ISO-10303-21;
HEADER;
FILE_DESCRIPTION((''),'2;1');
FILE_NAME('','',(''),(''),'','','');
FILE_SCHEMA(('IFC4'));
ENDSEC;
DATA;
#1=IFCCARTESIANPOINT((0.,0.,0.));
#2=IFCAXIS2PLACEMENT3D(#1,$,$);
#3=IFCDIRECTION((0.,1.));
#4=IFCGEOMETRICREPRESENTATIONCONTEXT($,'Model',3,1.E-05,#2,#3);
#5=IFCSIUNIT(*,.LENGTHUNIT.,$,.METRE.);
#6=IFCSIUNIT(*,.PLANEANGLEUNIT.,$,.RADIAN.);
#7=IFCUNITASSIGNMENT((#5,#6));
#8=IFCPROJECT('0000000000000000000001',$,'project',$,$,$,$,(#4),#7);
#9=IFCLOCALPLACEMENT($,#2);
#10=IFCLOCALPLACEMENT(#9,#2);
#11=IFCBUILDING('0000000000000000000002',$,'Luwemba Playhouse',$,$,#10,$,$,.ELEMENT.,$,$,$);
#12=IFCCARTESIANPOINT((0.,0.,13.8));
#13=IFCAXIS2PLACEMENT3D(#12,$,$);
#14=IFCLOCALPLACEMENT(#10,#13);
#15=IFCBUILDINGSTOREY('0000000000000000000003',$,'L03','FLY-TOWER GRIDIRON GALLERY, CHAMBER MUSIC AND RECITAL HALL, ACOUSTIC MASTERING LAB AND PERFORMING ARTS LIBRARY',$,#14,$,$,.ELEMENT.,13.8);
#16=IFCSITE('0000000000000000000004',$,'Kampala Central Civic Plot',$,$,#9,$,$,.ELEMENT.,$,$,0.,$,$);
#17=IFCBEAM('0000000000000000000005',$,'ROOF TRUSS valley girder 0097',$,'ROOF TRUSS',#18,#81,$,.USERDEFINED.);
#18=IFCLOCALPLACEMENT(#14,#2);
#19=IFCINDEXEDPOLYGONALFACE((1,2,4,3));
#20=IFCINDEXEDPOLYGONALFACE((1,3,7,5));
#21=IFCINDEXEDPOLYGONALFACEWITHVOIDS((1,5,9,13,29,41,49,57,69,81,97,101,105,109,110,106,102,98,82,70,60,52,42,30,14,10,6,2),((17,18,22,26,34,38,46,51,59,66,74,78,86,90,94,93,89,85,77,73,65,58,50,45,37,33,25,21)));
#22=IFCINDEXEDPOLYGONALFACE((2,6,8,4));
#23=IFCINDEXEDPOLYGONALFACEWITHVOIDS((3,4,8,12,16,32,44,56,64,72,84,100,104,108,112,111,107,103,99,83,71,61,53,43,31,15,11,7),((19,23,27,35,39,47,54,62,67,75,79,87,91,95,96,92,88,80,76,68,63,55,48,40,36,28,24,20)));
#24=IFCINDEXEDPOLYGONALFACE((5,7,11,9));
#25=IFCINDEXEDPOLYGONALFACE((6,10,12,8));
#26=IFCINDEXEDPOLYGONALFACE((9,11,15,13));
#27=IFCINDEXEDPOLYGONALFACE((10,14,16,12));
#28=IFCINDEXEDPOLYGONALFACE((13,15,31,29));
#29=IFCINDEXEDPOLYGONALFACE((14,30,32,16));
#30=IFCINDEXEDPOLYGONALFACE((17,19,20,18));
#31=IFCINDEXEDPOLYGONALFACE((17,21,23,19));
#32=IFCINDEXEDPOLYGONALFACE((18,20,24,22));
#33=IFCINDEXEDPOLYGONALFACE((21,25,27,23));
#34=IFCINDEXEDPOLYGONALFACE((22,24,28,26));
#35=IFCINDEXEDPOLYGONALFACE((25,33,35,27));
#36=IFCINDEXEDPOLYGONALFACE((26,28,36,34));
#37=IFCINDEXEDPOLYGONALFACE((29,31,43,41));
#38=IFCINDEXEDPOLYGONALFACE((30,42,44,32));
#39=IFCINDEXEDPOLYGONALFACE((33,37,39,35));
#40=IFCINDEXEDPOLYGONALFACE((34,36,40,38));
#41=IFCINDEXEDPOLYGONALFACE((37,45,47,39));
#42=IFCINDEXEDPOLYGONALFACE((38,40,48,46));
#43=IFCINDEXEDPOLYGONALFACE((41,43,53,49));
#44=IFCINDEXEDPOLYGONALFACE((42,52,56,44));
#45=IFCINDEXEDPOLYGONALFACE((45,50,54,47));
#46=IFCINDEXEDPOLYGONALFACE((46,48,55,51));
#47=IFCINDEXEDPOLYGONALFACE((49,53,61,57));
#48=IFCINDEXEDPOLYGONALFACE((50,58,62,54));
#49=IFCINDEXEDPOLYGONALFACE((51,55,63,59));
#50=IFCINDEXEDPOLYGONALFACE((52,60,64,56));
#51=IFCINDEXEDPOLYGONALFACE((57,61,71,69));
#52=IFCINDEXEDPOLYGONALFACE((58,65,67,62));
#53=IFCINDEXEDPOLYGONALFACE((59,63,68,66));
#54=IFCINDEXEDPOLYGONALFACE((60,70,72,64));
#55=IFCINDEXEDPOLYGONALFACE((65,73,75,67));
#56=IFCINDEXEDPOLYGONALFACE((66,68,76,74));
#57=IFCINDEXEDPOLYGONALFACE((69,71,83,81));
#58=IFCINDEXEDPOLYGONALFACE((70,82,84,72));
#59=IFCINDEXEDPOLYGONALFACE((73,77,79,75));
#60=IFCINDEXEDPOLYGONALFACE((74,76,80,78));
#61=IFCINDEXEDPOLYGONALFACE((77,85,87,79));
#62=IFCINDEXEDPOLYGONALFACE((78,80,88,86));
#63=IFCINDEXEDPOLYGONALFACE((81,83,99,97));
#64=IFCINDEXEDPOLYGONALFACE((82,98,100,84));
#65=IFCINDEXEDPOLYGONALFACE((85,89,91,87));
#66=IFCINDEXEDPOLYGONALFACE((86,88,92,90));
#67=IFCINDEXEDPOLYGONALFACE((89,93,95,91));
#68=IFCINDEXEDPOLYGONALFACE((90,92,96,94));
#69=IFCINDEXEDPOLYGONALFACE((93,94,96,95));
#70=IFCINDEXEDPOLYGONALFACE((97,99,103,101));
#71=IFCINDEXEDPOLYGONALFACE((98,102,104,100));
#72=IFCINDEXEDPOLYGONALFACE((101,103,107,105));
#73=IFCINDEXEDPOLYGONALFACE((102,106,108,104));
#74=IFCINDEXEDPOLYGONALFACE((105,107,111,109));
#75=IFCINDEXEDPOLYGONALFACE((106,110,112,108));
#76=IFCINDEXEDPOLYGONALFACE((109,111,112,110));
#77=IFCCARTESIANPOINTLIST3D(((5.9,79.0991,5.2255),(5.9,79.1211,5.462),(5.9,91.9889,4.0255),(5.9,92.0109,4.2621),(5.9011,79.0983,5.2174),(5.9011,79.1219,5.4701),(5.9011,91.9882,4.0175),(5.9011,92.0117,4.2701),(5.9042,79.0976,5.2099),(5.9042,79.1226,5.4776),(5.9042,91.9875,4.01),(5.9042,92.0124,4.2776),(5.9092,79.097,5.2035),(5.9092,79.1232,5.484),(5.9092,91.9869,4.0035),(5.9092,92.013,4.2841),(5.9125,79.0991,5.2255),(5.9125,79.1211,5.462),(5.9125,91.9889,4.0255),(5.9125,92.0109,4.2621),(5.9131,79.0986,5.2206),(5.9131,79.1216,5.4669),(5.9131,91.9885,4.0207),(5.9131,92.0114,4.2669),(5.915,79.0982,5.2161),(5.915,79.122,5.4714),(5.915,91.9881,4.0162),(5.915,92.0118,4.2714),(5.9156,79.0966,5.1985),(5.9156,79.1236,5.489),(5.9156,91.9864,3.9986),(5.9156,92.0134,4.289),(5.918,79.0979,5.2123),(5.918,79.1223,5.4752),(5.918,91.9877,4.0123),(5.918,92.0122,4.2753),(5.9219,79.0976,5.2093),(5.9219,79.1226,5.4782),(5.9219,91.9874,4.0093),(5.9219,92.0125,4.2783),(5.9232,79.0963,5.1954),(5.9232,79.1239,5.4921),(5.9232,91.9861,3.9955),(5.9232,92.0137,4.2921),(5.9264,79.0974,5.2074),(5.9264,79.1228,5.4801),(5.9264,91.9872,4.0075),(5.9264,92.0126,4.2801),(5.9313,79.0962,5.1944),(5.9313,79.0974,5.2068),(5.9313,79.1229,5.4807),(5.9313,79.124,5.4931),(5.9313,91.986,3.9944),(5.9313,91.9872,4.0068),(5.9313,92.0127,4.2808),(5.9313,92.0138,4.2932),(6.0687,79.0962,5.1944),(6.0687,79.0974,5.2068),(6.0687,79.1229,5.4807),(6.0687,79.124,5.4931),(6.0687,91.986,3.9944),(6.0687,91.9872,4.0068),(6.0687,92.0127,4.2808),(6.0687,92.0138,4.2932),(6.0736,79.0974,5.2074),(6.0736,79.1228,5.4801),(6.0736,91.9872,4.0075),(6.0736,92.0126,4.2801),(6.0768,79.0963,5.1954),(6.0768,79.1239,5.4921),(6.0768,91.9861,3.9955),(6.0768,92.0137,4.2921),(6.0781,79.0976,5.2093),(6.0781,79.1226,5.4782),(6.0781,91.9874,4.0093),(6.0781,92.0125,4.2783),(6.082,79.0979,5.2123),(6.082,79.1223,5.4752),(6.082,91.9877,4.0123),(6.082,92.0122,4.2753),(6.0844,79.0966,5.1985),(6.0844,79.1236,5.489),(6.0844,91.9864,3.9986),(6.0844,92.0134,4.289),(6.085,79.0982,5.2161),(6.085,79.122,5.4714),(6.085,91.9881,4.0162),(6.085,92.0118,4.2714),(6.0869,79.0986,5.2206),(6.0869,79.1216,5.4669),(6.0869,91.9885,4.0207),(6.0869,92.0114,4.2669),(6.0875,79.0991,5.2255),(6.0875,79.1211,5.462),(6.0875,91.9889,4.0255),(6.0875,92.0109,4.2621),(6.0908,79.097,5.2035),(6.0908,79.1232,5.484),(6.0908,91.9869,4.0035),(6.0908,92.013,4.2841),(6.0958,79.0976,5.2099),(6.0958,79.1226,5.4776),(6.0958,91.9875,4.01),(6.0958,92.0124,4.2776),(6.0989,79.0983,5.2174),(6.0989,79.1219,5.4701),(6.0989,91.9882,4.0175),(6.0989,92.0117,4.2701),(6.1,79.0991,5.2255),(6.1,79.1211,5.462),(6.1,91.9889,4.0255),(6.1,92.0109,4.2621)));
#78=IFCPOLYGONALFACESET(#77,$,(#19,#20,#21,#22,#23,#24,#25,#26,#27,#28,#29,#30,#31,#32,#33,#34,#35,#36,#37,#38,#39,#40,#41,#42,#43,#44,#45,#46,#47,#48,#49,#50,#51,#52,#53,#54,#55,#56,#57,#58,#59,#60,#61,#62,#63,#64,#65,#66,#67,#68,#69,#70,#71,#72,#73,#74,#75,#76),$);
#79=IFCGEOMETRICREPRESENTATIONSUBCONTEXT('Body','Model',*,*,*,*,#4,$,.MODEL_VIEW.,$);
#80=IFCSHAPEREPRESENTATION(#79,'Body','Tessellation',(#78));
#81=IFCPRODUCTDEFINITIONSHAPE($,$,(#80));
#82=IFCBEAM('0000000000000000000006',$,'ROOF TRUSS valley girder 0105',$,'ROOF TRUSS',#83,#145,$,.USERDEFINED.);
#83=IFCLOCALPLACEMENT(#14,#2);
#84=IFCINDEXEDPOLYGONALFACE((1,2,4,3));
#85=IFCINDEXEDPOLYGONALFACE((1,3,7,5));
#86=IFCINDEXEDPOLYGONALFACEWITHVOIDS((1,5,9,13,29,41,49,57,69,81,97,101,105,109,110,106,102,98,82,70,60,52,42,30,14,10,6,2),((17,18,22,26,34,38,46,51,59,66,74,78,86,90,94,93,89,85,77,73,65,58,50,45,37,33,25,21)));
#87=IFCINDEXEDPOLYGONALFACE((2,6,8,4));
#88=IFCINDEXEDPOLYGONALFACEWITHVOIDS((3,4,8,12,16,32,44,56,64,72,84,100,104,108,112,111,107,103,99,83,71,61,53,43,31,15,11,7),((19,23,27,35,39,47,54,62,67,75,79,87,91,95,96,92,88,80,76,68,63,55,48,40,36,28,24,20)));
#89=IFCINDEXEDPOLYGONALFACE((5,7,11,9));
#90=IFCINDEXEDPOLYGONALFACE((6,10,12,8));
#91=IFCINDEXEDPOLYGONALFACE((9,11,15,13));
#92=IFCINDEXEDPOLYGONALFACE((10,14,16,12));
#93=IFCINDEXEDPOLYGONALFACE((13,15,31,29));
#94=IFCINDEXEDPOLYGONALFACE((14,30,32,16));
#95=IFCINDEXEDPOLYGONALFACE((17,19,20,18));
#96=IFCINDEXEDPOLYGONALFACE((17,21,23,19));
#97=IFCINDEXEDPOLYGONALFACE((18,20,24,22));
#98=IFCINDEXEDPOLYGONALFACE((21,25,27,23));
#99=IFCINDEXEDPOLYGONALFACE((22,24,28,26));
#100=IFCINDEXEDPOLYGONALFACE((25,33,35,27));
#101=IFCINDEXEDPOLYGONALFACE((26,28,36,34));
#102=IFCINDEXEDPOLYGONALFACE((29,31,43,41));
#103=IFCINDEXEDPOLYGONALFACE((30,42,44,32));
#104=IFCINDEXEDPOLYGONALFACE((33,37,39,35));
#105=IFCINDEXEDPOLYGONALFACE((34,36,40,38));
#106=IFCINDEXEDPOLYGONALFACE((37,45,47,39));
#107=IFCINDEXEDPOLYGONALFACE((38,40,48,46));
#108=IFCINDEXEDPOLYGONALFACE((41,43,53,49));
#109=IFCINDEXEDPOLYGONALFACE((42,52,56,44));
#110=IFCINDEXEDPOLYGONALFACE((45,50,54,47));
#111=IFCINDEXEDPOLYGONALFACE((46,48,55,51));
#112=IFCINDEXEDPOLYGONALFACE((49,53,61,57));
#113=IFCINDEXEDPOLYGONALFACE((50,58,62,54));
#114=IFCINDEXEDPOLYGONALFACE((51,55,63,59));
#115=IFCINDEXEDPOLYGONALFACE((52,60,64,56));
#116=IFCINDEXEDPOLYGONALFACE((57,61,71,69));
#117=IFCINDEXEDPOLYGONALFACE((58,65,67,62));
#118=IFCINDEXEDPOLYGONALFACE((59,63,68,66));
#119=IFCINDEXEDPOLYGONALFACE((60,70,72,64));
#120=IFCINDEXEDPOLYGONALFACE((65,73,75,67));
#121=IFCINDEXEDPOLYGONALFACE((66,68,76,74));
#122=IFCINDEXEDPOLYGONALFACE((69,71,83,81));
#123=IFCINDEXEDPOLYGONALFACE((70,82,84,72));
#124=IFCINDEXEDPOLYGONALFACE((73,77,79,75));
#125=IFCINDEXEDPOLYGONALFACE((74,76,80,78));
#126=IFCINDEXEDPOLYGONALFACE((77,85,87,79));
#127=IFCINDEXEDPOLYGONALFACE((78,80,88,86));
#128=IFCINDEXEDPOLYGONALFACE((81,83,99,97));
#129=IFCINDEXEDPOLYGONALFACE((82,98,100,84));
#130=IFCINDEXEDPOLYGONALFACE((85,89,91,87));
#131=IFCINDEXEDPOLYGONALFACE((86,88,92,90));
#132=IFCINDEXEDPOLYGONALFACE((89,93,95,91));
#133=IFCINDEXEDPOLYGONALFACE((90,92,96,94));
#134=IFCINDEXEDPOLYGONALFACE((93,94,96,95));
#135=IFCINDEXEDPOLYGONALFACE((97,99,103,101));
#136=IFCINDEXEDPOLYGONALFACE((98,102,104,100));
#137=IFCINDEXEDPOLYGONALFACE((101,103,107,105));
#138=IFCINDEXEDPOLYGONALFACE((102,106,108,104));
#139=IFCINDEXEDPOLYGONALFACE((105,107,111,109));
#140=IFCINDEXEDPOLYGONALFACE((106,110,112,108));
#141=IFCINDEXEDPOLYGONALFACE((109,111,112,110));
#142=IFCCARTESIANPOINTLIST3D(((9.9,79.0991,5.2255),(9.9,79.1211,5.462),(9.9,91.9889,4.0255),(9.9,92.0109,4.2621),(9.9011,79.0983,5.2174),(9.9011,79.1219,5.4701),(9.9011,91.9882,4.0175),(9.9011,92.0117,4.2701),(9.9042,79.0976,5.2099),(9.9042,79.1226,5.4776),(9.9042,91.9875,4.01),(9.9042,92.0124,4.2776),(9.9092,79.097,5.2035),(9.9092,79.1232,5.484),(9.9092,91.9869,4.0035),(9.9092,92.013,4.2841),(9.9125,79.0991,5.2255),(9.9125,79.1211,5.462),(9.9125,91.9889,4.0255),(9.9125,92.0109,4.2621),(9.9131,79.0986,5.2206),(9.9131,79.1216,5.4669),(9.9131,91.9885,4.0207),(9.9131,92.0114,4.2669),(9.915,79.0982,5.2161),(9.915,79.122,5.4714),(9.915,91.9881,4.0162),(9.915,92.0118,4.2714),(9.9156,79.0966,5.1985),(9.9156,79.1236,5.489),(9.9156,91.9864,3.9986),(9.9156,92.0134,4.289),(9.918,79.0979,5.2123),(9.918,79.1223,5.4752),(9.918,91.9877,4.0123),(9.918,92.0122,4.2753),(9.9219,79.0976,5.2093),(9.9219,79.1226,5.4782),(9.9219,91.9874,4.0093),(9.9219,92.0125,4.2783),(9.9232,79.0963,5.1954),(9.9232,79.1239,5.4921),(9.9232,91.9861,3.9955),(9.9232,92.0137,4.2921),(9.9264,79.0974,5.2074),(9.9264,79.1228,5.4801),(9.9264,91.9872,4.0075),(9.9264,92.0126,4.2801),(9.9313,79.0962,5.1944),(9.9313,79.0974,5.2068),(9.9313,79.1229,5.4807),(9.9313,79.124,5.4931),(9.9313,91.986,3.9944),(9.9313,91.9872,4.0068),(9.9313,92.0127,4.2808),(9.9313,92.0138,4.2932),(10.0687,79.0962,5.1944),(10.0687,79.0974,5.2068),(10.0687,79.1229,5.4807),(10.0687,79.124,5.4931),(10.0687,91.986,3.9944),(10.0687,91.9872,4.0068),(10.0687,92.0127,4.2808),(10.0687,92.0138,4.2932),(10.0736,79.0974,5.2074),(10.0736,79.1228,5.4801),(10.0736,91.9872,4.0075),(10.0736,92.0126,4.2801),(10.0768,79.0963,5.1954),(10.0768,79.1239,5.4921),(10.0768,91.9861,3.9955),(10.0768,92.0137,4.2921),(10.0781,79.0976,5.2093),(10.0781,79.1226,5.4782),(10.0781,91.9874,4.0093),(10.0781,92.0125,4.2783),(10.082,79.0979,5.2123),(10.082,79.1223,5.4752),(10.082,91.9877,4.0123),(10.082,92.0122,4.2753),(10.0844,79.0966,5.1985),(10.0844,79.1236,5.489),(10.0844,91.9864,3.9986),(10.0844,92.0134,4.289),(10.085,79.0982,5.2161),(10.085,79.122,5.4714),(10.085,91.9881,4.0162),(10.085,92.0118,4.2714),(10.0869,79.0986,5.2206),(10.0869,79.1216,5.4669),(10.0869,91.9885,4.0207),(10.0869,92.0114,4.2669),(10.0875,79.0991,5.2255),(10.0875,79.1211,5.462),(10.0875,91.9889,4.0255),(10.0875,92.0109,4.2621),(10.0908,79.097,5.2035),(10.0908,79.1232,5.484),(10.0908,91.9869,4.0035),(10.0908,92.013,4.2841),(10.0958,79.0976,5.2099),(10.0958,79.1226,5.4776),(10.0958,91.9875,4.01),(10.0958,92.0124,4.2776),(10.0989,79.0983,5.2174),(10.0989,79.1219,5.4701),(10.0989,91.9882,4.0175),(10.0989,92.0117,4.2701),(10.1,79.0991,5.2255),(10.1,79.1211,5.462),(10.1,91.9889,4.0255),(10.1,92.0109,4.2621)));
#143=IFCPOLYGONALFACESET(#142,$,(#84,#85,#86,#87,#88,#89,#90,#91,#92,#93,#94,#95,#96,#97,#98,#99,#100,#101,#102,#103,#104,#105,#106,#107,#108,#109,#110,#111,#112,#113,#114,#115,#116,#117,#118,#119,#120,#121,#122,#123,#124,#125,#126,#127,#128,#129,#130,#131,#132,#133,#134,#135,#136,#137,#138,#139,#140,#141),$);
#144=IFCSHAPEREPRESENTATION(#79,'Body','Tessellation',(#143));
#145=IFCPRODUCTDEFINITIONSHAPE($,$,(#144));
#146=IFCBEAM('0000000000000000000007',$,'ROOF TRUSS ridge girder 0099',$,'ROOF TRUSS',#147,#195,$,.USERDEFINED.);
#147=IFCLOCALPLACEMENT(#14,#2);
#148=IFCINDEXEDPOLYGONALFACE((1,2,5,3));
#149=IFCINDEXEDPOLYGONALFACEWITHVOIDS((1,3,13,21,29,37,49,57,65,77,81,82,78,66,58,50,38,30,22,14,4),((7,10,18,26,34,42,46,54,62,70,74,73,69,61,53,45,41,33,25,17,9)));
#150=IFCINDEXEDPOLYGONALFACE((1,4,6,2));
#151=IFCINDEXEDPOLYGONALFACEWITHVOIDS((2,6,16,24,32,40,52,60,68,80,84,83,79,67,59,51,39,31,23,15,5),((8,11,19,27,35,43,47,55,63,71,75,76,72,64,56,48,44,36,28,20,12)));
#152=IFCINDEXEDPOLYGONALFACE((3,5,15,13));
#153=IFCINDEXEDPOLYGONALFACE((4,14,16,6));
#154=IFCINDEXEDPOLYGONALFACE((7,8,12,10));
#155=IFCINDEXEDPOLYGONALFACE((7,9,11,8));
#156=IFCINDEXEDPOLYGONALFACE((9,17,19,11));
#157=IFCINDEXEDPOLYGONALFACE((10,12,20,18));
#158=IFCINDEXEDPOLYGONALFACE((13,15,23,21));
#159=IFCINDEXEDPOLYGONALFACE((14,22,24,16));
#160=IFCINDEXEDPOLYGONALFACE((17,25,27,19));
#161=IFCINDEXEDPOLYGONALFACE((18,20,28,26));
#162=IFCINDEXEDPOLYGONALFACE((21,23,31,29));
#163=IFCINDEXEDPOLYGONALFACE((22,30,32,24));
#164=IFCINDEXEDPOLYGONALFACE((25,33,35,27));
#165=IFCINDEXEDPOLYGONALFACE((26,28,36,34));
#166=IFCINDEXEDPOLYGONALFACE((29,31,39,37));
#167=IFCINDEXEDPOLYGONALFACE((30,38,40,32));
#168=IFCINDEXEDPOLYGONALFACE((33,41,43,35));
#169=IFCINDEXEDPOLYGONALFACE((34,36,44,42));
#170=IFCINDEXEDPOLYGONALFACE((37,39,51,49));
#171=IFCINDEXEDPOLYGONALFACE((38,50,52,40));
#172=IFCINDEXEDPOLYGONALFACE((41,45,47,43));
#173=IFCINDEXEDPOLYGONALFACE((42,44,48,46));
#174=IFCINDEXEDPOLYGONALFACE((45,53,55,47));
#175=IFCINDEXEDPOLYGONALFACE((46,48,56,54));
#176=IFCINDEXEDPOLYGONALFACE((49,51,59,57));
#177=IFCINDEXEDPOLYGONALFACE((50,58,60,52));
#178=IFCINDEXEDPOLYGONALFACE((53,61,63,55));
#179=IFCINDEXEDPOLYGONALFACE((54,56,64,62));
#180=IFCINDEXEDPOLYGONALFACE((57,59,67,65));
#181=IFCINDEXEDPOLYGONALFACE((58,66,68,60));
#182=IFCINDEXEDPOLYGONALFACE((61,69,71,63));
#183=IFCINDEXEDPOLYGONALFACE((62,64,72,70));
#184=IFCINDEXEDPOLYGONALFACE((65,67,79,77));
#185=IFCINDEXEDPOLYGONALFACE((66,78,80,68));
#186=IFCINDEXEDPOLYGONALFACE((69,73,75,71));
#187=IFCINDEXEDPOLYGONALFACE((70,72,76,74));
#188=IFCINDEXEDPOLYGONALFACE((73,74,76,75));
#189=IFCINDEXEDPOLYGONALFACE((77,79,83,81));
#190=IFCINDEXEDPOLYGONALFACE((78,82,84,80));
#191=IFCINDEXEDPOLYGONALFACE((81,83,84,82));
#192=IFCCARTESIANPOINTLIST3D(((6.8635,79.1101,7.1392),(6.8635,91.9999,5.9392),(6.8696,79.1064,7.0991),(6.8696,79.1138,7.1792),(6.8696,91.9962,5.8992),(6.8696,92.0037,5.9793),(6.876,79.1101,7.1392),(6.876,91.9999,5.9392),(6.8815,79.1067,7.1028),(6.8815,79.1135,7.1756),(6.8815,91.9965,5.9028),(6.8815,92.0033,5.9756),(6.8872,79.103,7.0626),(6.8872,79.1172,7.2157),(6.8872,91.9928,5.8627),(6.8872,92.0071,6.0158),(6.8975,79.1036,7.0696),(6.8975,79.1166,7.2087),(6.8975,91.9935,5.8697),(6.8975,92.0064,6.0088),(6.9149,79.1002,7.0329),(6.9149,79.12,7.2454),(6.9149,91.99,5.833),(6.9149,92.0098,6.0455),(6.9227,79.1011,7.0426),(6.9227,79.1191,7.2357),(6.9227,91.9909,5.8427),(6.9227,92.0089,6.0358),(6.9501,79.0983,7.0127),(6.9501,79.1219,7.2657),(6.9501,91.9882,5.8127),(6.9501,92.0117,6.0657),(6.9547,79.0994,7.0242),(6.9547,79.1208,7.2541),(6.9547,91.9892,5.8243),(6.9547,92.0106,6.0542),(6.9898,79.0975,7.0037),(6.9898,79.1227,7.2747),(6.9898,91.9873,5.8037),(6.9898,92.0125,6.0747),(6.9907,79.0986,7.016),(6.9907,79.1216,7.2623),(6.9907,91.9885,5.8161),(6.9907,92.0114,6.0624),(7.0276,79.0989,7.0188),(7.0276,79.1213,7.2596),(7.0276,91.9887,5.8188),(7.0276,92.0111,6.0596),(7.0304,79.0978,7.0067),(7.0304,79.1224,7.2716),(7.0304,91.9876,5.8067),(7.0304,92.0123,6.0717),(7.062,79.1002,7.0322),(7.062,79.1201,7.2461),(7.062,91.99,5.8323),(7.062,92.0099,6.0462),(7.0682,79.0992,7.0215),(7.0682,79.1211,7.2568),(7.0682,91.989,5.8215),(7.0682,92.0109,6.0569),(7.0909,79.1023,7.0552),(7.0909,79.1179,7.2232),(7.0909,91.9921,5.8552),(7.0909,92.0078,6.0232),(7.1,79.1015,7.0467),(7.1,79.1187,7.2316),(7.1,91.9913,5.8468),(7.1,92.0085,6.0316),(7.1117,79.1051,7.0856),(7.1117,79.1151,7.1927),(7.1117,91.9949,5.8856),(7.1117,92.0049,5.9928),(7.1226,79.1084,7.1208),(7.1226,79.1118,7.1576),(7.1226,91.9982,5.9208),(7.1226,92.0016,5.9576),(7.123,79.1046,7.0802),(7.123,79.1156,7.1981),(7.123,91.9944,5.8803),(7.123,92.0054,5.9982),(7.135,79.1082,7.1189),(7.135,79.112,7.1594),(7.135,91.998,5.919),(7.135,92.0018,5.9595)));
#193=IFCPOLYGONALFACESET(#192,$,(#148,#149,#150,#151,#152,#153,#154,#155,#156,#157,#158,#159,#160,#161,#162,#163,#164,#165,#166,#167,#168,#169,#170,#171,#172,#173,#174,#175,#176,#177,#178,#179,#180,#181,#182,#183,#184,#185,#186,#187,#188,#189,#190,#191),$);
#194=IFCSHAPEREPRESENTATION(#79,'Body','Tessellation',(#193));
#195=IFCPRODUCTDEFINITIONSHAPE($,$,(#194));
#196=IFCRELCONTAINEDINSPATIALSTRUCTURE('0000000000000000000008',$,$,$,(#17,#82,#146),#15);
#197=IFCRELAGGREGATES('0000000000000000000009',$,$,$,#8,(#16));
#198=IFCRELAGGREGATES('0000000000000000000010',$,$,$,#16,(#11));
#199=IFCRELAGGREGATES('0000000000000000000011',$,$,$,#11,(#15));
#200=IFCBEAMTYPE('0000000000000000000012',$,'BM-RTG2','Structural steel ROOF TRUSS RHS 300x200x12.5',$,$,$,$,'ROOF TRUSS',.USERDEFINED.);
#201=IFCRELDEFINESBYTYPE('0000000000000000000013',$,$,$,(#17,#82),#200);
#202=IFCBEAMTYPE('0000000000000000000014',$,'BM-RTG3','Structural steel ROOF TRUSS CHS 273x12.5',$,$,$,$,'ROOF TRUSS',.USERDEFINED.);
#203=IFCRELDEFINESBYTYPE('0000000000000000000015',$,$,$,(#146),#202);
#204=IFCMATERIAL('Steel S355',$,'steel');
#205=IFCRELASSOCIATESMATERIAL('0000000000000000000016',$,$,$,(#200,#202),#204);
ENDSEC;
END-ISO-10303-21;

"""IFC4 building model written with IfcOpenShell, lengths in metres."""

from ifc_helpers import new_model, si_unit, direction, frame, origin, origin_2d, place, context, subcontext, project, spatial, hollow_rectangle, hollow_circle, extrude, material, material_profile, profile_set, type_object, element, save


model = new_model("IFC4")

# Units and contexts
model_context = context("Model", 3, precision=1e-05, world=origin(), true_north=direction((0.0, 1.0)))
body_context = subcontext(model_context, "Body", "Model", "MODEL_VIEW")
ifc_project = project(units=[si_unit("LENGTHUNIT", "METRE"), si_unit("PLANEANGLEUNIT", "RADIAN")], contexts=[model_context])

# Site, building, storey
site_placement = place(None, origin())
site = spatial("IfcSite", under=ifc_project, at=site_placement, Name="Kampala Central Civic Plot", CompositionType="ELEMENT", RefElevation=0.0)
building_placement = place(site_placement, origin())
building = spatial("IfcBuilding", under=site, at=building_placement, Name="Luwemba Playhouse", CompositionType="ELEMENT")
storey_placement = place(building_placement, frame((0.0, 0.0, 13.8)))
storey = spatial("IfcBuildingStorey", under=building, at=storey_placement, Name="L03", Description="FLY-TOWER GRIDIRON GALLERY, CHAMBER MUSIC AND RECITAL HALL, ACOUSTIC MASTERING LAB AND PERFORMING ARTS LIBRARY", CompositionType="ELEMENT", Elevation=13.8)

# Beams
ifc_material_1 = material(Name="Steel S355", Category="steel")
ifc_material_profile_1 = material_profile(ifc_material_1, hollow_rectangle(XDim=0.2, YDim=0.3, WallThickness=0.0125, InnerFilletRadius=0.0188, OuterFilletRadius=0.0312, at=origin_2d()))
ifc_profile_set_1 = profile_set([ifc_material_profile_1], Name="Steel S355")
beam_type_1 = type_object("IfcBeamType", Name="BM-RTG2", Description="Structural steel ROOF TRUSS RHS 300x200x12.5", ElementType="ROOF TRUSS", PredefinedType="USERDEFINED", material=ifc_profile_set_1)
for number, where, z_axis, x_axis, name in (
    (1, (6.0, 79.1101, 5.3438), (0.0, 0.995695, -0.092692), (-1.0, 0.0, 0.0), "ROOF TRUSS valley girder 0097"),
    (2, (10.0, 79.1101, 5.3438), (0.0, 0.995695, -0.092692), (-1.0, 0.0, 0.0), "ROOF TRUSS valley girder 0105"),
):
    element("IfcBeam", number, at=place(storey_placement, frame(where, z_axis=z_axis, x_axis=x_axis)), inside=storey, type_object=beam_type_1, Name=name, ObjectType="ROOF TRUSS", PredefinedType="USERDEFINED", context=body_context, shape_type="SweptSolid", body=[
        extrude(hollow_rectangle(XDim=0.2, YDim=0.3, WallThickness=0.0125, InnerFilletRadius=0.0188, OuterFilletRadius=0.0312, at=origin_2d()), origin(), (0.0, 0.0, 1.0), 12.9456),
    ])
ifc_material_profile_2 = material_profile(ifc_material_1, hollow_circle(Radius=0.1365, WallThickness=0.0125, at=origin_2d()))
ifc_profile_set_2 = profile_set([ifc_material_profile_2], Name="Steel S355")
beam_type_2 = type_object("IfcBeamType", Name="BM-RTG3", Description="Structural steel ROOF TRUSS CHS 273x12.5", ElementType="ROOF TRUSS", PredefinedType="USERDEFINED", material=ifc_profile_set_2)
for number, where, z_axis, x_axis, name in (
    (3, (7.0, 79.1101, 7.1392), (0.0, 0.995695, -0.092692), (-1.0, 0.0, 0.0), "ROOF TRUSS ridge girder 0099"),
):
    element("IfcBeam", number, at=place(storey_placement, frame(where, z_axis=z_axis, x_axis=x_axis)), inside=storey, type_object=beam_type_2, Name=name, ObjectType="ROOF TRUSS", PredefinedType="USERDEFINED", context=body_context, shape_type="SweptSolid", body=[
        extrude(hollow_circle(Radius=0.1365, WallThickness=0.0125, at=origin_2d()), origin(), (0.0, 0.0, 1.0), 12.9456),
    ])

save(model, "model.ifc")
